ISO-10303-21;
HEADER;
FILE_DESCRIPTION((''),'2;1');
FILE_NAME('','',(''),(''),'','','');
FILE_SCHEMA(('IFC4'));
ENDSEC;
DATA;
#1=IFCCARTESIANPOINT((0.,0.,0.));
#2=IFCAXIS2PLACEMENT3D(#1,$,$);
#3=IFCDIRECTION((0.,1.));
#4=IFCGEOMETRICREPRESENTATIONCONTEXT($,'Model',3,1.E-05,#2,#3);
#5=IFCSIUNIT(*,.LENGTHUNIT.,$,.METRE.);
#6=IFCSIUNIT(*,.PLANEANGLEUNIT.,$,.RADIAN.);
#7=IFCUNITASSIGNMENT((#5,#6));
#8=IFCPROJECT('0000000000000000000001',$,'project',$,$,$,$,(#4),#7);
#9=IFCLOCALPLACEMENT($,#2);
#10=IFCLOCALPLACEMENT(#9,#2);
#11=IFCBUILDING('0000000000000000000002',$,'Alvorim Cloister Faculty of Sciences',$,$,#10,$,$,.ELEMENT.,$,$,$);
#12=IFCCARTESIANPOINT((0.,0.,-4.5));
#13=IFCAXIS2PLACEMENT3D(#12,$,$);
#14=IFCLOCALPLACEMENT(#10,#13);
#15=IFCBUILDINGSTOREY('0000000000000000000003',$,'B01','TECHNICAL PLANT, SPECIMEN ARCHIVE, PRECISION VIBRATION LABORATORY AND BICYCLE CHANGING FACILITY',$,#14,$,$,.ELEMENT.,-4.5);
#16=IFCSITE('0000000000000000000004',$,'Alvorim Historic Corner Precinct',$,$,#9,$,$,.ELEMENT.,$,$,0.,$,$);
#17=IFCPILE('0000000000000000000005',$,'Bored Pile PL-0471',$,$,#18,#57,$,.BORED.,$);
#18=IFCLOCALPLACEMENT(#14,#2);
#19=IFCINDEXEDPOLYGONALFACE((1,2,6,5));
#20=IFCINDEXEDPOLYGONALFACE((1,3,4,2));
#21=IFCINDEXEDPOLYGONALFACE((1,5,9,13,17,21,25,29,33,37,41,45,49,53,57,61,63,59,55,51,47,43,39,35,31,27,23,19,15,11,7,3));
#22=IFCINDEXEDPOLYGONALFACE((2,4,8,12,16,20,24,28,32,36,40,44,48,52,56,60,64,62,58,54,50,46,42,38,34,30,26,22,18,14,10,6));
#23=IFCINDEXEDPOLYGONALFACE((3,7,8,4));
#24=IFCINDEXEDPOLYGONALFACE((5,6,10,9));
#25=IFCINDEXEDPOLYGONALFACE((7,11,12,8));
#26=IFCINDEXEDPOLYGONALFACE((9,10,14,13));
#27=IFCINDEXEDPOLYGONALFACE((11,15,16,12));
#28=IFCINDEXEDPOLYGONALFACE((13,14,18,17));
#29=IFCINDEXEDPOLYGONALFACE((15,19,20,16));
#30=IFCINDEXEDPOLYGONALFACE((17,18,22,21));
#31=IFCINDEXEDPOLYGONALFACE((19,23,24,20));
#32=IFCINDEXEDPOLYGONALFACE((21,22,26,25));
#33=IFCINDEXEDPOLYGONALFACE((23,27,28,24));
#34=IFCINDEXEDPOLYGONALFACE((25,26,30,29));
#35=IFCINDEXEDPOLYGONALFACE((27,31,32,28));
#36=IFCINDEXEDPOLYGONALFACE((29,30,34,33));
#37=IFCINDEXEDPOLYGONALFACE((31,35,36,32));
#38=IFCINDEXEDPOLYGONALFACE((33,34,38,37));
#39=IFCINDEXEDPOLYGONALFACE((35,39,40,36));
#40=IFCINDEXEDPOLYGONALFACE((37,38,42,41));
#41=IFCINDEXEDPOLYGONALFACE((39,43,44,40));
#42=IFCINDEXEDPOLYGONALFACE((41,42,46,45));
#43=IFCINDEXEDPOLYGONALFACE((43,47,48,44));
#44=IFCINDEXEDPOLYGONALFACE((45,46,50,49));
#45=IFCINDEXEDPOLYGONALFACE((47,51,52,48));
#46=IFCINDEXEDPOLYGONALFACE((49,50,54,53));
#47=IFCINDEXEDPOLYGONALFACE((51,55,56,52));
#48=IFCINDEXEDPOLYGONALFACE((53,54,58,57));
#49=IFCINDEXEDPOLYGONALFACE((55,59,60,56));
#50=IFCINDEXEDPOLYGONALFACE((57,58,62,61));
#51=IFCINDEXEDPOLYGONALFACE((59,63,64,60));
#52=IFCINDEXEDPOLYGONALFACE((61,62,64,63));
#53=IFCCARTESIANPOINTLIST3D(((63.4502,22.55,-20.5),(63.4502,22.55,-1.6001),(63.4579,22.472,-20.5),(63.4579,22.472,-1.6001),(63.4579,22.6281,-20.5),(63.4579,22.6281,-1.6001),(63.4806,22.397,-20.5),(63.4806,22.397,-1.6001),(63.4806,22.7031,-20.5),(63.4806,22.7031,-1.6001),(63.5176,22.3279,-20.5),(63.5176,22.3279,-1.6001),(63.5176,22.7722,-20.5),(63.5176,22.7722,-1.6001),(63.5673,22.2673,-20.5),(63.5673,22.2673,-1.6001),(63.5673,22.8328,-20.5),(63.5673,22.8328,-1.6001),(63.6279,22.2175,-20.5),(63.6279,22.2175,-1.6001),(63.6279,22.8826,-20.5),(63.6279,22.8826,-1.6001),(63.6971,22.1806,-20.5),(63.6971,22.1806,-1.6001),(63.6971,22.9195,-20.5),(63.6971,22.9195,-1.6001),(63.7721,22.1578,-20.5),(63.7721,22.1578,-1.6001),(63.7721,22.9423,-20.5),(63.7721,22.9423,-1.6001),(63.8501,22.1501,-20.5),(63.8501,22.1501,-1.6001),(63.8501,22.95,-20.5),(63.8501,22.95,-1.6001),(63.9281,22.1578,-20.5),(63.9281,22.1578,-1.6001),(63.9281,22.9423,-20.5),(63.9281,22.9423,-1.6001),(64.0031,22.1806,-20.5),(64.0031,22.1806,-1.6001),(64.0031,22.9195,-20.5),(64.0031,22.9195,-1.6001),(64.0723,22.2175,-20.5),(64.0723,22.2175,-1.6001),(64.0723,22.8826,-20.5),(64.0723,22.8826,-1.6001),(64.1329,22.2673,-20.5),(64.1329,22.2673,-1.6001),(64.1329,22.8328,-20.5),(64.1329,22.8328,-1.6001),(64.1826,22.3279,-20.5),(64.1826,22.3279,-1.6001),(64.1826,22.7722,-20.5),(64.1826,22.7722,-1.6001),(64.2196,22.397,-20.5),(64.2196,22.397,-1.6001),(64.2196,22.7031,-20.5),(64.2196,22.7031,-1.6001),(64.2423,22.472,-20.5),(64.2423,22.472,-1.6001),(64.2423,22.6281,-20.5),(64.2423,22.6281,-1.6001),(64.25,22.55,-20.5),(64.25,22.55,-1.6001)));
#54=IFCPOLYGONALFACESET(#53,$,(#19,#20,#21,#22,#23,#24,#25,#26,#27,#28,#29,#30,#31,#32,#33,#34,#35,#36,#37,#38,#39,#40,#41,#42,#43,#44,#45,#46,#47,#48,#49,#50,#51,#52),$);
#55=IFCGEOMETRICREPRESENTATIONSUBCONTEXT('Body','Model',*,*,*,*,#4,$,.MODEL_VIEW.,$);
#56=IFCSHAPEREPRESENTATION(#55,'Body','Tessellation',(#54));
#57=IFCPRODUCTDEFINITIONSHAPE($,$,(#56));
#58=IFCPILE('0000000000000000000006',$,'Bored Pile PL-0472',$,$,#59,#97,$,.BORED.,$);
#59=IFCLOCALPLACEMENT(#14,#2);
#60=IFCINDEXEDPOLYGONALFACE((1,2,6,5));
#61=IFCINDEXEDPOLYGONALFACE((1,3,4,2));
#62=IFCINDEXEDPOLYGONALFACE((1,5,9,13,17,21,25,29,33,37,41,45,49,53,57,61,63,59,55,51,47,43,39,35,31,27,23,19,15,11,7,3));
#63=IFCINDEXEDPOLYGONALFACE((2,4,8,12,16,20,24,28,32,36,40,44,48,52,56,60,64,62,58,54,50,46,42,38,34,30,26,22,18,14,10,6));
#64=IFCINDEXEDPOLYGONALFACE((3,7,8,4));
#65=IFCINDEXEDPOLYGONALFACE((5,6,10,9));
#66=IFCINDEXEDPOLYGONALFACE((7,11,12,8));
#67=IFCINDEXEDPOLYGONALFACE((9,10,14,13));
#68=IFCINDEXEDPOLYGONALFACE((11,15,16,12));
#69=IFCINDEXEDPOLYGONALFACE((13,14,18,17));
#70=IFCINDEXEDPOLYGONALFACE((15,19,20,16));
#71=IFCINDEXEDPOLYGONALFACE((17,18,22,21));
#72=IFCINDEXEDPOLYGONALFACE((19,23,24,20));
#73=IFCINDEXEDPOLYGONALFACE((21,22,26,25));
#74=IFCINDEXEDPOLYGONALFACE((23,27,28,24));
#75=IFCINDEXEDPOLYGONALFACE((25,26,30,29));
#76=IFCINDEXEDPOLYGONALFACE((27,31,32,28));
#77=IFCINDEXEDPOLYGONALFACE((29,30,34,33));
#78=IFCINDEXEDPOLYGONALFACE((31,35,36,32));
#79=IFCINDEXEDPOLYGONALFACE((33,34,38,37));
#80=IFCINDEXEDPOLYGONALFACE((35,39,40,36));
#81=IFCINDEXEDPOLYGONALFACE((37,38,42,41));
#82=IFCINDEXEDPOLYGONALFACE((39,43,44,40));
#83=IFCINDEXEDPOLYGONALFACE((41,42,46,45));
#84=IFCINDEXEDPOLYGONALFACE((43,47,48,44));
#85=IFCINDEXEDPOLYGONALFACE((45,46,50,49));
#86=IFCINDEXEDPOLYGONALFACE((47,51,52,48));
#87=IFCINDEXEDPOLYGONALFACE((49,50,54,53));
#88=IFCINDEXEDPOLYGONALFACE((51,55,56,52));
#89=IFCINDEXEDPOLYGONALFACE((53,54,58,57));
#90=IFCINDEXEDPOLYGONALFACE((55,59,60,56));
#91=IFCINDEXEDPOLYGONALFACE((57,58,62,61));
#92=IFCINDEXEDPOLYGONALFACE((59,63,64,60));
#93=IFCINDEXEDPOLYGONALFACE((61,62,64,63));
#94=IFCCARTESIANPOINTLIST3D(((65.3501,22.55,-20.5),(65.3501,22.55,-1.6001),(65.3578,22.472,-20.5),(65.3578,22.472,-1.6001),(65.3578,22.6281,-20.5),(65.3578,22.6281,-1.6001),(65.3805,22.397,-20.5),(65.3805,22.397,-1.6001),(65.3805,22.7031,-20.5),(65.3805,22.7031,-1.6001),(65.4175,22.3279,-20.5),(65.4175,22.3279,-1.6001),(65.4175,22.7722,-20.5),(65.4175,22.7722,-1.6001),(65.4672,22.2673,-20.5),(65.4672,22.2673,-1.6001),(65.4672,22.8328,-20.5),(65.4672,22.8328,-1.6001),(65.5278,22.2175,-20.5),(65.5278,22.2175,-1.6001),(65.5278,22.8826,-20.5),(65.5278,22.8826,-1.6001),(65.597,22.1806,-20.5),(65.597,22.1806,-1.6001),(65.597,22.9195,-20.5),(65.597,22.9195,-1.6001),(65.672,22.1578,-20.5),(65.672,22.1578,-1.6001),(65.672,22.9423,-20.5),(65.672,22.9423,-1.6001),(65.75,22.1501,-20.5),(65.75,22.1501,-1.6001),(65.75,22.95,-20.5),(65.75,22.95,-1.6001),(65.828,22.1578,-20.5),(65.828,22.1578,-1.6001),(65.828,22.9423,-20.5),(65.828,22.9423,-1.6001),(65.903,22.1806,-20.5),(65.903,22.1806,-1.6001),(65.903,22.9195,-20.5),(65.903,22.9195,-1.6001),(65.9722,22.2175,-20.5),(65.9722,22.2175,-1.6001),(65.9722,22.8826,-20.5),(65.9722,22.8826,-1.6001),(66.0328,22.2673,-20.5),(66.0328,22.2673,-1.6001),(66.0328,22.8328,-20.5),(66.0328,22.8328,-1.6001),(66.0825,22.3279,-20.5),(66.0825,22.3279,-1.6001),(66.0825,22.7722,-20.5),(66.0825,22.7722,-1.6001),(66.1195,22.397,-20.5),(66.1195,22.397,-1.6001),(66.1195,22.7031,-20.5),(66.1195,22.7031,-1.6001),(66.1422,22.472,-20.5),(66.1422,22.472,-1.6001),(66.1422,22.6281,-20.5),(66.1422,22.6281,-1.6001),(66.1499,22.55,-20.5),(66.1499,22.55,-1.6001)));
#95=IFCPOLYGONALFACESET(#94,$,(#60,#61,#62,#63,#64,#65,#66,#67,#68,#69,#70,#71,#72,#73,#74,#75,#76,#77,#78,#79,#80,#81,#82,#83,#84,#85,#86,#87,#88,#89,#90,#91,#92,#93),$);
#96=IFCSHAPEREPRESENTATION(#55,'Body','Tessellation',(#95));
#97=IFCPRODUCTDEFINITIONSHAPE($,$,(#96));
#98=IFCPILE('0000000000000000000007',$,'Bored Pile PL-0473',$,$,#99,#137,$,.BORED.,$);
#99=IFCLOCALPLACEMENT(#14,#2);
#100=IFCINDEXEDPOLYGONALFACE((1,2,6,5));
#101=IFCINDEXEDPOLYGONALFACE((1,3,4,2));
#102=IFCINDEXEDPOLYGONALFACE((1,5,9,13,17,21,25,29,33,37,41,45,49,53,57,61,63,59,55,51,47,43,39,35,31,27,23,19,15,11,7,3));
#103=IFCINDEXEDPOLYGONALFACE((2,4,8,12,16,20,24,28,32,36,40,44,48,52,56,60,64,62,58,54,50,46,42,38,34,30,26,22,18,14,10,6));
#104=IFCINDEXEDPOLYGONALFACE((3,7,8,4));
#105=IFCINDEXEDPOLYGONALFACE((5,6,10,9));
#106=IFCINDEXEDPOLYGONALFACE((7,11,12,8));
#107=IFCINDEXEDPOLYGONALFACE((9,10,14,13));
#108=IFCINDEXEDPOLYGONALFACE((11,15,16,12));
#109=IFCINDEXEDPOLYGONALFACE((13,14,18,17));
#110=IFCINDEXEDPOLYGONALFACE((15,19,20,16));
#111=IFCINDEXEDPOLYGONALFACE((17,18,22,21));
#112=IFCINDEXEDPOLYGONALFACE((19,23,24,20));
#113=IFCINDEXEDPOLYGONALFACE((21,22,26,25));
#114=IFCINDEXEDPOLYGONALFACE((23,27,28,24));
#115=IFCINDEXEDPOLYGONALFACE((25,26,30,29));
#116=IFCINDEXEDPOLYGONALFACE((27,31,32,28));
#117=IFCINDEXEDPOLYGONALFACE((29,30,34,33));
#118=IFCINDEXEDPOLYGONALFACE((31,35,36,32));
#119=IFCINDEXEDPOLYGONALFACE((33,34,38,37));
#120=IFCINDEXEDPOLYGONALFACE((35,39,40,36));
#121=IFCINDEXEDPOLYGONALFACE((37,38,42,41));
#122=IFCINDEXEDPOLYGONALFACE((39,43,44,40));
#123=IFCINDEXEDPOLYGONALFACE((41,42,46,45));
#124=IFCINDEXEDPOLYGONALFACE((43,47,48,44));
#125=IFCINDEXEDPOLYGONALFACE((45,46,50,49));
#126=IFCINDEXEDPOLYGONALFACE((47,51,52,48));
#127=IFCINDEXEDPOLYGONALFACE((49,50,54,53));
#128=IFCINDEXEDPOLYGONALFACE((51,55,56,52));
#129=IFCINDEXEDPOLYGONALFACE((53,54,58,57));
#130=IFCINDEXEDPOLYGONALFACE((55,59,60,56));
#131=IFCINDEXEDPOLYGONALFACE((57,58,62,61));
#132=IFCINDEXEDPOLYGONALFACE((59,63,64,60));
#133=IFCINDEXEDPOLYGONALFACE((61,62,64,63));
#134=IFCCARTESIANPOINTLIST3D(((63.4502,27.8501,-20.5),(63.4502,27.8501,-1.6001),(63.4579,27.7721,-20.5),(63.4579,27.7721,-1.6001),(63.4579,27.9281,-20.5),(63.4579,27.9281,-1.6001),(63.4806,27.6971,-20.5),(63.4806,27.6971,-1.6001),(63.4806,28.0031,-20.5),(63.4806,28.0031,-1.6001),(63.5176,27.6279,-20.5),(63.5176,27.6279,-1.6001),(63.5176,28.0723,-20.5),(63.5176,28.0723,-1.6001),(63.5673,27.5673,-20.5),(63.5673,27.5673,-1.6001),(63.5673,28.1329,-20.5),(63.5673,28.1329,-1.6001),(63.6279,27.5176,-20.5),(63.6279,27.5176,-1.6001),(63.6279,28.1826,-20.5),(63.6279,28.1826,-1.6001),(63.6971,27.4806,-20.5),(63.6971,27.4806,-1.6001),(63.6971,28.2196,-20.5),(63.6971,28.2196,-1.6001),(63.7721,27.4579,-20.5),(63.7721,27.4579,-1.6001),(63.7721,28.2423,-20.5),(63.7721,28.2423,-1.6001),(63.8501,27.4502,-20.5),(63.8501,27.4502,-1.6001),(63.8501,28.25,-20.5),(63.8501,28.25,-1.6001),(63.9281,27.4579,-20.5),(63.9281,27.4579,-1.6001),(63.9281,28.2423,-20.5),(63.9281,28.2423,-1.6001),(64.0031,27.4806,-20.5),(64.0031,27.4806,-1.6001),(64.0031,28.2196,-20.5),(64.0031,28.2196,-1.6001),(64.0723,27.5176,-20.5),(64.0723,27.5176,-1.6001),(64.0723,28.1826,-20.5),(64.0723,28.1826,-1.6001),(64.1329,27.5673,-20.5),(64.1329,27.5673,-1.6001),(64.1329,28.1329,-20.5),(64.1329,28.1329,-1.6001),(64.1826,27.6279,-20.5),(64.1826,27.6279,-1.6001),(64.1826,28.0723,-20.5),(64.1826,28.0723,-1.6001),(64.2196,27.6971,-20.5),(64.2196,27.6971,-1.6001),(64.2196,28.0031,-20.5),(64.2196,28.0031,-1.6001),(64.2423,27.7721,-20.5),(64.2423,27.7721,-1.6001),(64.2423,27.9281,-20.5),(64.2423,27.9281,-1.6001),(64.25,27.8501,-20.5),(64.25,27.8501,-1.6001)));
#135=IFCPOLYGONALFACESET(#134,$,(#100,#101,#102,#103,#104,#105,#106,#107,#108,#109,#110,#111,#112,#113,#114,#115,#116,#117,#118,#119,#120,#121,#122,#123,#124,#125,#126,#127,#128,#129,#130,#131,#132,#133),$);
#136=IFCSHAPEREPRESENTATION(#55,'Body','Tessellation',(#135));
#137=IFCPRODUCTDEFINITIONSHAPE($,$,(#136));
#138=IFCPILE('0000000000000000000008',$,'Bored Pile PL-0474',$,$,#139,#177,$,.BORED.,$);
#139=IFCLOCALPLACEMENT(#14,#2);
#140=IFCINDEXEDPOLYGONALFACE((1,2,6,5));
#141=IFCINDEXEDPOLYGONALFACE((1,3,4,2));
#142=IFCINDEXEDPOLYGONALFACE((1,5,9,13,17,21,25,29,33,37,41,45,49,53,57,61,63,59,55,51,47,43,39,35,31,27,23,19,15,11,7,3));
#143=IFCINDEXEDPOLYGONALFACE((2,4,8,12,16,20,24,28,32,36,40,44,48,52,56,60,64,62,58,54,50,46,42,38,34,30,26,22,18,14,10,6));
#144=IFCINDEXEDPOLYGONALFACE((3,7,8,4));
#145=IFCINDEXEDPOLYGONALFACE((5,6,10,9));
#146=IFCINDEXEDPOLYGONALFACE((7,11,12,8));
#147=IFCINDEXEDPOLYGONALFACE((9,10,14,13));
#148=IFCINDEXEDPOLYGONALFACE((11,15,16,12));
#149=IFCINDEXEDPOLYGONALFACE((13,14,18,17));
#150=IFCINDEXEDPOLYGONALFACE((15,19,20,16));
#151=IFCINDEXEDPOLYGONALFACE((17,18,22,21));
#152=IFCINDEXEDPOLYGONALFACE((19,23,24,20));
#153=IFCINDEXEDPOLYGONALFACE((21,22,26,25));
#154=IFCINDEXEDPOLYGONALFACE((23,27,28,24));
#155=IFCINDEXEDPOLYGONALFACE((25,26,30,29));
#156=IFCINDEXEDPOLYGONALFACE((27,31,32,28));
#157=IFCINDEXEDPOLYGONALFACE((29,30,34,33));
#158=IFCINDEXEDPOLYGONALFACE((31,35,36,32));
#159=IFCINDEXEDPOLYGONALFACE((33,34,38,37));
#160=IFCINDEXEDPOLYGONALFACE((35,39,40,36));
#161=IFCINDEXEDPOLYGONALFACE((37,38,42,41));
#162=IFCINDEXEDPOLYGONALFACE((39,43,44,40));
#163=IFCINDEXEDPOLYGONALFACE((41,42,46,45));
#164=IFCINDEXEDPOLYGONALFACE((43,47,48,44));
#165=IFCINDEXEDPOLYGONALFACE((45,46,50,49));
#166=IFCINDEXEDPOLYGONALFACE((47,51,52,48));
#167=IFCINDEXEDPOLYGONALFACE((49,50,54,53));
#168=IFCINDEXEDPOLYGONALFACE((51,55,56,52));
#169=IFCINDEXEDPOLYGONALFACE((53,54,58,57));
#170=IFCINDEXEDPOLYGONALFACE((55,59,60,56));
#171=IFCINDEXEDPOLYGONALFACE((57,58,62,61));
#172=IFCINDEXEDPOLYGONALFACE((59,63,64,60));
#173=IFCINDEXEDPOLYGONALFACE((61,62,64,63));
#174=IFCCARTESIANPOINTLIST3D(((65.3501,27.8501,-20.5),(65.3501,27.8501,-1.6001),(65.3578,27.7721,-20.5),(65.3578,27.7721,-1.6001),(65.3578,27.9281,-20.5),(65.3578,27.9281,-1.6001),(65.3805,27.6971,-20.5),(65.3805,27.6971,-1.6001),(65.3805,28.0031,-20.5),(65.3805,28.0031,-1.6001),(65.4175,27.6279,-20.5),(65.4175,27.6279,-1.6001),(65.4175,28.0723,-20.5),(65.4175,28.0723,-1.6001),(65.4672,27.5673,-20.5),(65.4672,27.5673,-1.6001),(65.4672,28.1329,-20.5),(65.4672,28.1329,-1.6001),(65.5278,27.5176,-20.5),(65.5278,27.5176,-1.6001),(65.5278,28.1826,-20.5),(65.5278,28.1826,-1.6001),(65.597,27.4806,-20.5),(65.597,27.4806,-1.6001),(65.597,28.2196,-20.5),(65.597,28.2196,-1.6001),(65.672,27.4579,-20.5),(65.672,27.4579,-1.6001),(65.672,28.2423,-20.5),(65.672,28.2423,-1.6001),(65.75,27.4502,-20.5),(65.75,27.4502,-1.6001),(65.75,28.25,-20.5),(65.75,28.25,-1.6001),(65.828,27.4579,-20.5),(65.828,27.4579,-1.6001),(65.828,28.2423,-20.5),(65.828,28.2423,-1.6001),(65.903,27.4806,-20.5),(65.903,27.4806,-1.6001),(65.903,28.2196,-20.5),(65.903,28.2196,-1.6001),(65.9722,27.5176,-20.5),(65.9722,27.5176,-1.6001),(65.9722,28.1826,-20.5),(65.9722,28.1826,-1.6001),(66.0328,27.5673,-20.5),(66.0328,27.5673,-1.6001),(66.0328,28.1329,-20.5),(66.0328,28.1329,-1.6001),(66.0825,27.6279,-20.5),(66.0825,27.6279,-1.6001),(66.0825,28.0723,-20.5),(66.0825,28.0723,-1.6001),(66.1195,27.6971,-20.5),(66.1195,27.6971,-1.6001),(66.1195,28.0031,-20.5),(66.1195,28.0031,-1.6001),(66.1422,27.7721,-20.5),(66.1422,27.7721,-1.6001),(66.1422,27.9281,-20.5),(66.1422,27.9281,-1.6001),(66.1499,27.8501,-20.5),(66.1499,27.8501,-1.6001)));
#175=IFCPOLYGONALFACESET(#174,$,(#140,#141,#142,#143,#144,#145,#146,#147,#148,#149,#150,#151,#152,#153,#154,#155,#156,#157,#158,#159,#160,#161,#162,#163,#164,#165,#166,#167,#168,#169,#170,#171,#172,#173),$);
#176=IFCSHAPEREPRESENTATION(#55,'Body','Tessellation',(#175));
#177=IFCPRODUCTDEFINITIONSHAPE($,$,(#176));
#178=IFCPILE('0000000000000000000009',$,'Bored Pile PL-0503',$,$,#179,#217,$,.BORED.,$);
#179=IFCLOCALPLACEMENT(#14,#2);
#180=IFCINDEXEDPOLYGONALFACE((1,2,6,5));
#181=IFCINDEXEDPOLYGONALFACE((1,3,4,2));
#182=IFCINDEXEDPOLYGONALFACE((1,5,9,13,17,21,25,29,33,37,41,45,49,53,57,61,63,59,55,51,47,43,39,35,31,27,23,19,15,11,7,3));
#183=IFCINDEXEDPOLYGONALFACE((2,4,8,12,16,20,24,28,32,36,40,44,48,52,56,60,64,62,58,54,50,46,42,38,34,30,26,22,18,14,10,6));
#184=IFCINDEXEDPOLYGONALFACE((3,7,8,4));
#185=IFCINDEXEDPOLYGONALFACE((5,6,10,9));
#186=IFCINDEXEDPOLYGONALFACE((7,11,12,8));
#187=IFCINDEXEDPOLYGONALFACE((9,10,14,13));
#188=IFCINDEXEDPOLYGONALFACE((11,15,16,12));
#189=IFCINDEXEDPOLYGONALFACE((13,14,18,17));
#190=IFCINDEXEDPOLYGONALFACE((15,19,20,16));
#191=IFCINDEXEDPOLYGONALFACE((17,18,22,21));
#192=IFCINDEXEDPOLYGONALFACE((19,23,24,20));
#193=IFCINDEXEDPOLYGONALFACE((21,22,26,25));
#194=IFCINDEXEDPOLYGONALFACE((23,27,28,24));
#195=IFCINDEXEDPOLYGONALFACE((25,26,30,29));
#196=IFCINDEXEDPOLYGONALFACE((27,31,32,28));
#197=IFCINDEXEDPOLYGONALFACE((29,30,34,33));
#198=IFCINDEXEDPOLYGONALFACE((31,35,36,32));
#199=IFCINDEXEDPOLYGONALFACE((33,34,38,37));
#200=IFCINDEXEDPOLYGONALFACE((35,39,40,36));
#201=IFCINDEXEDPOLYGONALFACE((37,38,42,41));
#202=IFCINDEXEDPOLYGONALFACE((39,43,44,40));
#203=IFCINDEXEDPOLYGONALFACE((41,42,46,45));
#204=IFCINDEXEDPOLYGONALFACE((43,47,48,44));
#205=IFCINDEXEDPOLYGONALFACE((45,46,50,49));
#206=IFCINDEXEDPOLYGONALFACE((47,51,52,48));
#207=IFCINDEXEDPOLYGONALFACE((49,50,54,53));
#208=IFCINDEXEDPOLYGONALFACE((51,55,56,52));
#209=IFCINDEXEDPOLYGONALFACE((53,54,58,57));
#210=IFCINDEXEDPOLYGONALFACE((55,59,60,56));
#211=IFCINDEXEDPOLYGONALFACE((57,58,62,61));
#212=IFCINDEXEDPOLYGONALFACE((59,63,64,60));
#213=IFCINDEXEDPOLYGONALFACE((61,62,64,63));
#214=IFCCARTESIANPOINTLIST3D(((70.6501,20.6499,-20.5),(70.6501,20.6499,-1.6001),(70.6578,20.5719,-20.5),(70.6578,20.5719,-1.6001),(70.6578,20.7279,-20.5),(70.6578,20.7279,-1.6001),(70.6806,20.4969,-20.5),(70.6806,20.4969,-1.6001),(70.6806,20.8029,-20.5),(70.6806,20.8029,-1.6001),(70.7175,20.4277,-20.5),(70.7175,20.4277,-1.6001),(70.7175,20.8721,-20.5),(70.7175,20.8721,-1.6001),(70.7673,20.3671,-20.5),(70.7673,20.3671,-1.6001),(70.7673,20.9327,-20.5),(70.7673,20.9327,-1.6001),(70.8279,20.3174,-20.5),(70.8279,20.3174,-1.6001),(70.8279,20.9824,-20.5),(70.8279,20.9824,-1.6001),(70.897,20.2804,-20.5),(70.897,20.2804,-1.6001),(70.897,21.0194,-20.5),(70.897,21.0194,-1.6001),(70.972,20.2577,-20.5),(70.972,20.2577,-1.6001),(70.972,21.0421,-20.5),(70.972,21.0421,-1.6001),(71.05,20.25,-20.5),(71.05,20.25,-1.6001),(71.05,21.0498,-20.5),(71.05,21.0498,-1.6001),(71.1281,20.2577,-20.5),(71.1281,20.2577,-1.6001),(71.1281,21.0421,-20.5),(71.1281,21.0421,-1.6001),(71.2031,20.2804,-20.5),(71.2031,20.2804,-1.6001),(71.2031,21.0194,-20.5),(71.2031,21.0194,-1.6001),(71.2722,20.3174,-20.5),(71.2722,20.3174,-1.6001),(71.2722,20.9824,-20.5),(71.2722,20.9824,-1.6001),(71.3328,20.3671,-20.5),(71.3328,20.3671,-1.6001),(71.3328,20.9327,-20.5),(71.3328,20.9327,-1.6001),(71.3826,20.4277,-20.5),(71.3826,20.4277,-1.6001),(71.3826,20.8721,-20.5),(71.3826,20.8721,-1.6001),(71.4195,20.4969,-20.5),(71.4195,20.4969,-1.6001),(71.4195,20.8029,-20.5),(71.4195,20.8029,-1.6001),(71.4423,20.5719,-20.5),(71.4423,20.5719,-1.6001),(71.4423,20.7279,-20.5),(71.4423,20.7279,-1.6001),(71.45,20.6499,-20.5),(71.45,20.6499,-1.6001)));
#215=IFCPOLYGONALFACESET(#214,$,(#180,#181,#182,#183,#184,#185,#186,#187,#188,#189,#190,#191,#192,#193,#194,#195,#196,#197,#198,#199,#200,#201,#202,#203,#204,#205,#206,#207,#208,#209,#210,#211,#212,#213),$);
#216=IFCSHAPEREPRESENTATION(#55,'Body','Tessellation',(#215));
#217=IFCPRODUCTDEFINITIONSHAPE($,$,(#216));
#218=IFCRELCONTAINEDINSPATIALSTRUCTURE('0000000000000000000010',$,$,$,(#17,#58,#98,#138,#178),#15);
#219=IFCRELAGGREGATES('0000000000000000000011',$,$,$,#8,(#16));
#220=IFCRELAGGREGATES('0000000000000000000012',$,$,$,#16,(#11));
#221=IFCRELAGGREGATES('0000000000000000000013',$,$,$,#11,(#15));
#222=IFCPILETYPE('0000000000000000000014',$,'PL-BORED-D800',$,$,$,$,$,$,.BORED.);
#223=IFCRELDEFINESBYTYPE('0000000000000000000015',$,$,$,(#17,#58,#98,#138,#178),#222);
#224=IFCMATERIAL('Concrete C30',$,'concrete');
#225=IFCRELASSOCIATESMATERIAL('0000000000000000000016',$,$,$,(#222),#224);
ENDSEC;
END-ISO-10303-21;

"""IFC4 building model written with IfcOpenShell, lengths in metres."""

from ifc_helpers import new_model, si_unit, direction, frame, origin, origin_2d, place, context, subcontext, project, spatial, circle, extrude, material, material_profile, profile_set, type_object, element, save


model = new_model("IFC4")

# Units and contexts
model_context = context("Model", 3, precision=1e-05, world=origin(), true_north=direction((0.0, 1.0)))
body_context = subcontext(model_context, "Body", "Model", "MODEL_VIEW")
ifc_project = project(units=[si_unit("LENGTHUNIT", "METRE"), si_unit("PLANEANGLEUNIT", "RADIAN")], contexts=[model_context])

# Site, building, storey
site_placement = place(None, origin())
site = spatial("IfcSite", under=ifc_project, at=site_placement, Name="Alvorim Historic Corner Precinct", CompositionType="ELEMENT", RefElevation=0.0)
building_placement = place(site_placement, origin())
building = spatial("IfcBuilding", under=site, at=building_placement, Name="Alvorim Cloister Faculty of Sciences", CompositionType="ELEMENT")
storey_placement = place(building_placement, frame((0.0, 0.0, -4.5)))
storey = spatial("IfcBuildingStorey", under=building, at=storey_placement, Name="B01", Description="TECHNICAL PLANT, SPECIMEN ARCHIVE, PRECISION VIBRATION LABORATORY AND BICYCLE CHANGING FACILITY", CompositionType="ELEMENT", Elevation=-4.5)

# Piles
ifc_material_1 = material(Name="Concrete C30", Category="concrete")
ifc_material_profile_1 = material_profile(ifc_material_1, circle(Radius=0.3999, at=origin_2d()), Name="PILE-D800")
ifc_profile_set_1 = profile_set([ifc_material_profile_1], Name="Concrete C30")
pile_type = type_object("IfcPileType", Name="PL-BORED-D800", PredefinedType="BORED", material=ifc_profile_set_1)
for number, where, z_axis, x_axis, name in (
    (1, (63.8501, 22.55, -1.6001), (0.0, 0.0, -1.0), (1.0, 0.0, 0.0), "Bored Pile PL-0471"),
    (2, (65.75, 22.55, -1.6001), (0.0, 0.0, -1.0), (1.0, 0.0, 0.0), "Bored Pile PL-0472"),
    (3, (63.8501, 27.8501, -1.6001), (0.0, 0.0, -1.0), (1.0, 0.0, 0.0), "Bored Pile PL-0473"),
    (4, (65.75, 27.8501, -1.6001), (0.0, 0.0, -1.0), (1.0, 0.0, 0.0), "Bored Pile PL-0474"),
    (5, (71.05, 20.6499, -1.6001), (0.0, 0.0, -1.0), (1.0, 0.0, 0.0), "Bored Pile PL-0503"),
):
    element("IfcPile", number, at=place(storey_placement, frame(where, z_axis=z_axis, x_axis=x_axis)), inside=storey, type_object=pile_type, Name=name, PredefinedType="BORED", context=body_context, shape_type="SweptSolid", body=[
        extrude(circle(Radius=0.3999, at=origin_2d()), origin(), (0.0, 0.0, 1.0), 18.8999),
    ])

save(model, "model.ifc")
